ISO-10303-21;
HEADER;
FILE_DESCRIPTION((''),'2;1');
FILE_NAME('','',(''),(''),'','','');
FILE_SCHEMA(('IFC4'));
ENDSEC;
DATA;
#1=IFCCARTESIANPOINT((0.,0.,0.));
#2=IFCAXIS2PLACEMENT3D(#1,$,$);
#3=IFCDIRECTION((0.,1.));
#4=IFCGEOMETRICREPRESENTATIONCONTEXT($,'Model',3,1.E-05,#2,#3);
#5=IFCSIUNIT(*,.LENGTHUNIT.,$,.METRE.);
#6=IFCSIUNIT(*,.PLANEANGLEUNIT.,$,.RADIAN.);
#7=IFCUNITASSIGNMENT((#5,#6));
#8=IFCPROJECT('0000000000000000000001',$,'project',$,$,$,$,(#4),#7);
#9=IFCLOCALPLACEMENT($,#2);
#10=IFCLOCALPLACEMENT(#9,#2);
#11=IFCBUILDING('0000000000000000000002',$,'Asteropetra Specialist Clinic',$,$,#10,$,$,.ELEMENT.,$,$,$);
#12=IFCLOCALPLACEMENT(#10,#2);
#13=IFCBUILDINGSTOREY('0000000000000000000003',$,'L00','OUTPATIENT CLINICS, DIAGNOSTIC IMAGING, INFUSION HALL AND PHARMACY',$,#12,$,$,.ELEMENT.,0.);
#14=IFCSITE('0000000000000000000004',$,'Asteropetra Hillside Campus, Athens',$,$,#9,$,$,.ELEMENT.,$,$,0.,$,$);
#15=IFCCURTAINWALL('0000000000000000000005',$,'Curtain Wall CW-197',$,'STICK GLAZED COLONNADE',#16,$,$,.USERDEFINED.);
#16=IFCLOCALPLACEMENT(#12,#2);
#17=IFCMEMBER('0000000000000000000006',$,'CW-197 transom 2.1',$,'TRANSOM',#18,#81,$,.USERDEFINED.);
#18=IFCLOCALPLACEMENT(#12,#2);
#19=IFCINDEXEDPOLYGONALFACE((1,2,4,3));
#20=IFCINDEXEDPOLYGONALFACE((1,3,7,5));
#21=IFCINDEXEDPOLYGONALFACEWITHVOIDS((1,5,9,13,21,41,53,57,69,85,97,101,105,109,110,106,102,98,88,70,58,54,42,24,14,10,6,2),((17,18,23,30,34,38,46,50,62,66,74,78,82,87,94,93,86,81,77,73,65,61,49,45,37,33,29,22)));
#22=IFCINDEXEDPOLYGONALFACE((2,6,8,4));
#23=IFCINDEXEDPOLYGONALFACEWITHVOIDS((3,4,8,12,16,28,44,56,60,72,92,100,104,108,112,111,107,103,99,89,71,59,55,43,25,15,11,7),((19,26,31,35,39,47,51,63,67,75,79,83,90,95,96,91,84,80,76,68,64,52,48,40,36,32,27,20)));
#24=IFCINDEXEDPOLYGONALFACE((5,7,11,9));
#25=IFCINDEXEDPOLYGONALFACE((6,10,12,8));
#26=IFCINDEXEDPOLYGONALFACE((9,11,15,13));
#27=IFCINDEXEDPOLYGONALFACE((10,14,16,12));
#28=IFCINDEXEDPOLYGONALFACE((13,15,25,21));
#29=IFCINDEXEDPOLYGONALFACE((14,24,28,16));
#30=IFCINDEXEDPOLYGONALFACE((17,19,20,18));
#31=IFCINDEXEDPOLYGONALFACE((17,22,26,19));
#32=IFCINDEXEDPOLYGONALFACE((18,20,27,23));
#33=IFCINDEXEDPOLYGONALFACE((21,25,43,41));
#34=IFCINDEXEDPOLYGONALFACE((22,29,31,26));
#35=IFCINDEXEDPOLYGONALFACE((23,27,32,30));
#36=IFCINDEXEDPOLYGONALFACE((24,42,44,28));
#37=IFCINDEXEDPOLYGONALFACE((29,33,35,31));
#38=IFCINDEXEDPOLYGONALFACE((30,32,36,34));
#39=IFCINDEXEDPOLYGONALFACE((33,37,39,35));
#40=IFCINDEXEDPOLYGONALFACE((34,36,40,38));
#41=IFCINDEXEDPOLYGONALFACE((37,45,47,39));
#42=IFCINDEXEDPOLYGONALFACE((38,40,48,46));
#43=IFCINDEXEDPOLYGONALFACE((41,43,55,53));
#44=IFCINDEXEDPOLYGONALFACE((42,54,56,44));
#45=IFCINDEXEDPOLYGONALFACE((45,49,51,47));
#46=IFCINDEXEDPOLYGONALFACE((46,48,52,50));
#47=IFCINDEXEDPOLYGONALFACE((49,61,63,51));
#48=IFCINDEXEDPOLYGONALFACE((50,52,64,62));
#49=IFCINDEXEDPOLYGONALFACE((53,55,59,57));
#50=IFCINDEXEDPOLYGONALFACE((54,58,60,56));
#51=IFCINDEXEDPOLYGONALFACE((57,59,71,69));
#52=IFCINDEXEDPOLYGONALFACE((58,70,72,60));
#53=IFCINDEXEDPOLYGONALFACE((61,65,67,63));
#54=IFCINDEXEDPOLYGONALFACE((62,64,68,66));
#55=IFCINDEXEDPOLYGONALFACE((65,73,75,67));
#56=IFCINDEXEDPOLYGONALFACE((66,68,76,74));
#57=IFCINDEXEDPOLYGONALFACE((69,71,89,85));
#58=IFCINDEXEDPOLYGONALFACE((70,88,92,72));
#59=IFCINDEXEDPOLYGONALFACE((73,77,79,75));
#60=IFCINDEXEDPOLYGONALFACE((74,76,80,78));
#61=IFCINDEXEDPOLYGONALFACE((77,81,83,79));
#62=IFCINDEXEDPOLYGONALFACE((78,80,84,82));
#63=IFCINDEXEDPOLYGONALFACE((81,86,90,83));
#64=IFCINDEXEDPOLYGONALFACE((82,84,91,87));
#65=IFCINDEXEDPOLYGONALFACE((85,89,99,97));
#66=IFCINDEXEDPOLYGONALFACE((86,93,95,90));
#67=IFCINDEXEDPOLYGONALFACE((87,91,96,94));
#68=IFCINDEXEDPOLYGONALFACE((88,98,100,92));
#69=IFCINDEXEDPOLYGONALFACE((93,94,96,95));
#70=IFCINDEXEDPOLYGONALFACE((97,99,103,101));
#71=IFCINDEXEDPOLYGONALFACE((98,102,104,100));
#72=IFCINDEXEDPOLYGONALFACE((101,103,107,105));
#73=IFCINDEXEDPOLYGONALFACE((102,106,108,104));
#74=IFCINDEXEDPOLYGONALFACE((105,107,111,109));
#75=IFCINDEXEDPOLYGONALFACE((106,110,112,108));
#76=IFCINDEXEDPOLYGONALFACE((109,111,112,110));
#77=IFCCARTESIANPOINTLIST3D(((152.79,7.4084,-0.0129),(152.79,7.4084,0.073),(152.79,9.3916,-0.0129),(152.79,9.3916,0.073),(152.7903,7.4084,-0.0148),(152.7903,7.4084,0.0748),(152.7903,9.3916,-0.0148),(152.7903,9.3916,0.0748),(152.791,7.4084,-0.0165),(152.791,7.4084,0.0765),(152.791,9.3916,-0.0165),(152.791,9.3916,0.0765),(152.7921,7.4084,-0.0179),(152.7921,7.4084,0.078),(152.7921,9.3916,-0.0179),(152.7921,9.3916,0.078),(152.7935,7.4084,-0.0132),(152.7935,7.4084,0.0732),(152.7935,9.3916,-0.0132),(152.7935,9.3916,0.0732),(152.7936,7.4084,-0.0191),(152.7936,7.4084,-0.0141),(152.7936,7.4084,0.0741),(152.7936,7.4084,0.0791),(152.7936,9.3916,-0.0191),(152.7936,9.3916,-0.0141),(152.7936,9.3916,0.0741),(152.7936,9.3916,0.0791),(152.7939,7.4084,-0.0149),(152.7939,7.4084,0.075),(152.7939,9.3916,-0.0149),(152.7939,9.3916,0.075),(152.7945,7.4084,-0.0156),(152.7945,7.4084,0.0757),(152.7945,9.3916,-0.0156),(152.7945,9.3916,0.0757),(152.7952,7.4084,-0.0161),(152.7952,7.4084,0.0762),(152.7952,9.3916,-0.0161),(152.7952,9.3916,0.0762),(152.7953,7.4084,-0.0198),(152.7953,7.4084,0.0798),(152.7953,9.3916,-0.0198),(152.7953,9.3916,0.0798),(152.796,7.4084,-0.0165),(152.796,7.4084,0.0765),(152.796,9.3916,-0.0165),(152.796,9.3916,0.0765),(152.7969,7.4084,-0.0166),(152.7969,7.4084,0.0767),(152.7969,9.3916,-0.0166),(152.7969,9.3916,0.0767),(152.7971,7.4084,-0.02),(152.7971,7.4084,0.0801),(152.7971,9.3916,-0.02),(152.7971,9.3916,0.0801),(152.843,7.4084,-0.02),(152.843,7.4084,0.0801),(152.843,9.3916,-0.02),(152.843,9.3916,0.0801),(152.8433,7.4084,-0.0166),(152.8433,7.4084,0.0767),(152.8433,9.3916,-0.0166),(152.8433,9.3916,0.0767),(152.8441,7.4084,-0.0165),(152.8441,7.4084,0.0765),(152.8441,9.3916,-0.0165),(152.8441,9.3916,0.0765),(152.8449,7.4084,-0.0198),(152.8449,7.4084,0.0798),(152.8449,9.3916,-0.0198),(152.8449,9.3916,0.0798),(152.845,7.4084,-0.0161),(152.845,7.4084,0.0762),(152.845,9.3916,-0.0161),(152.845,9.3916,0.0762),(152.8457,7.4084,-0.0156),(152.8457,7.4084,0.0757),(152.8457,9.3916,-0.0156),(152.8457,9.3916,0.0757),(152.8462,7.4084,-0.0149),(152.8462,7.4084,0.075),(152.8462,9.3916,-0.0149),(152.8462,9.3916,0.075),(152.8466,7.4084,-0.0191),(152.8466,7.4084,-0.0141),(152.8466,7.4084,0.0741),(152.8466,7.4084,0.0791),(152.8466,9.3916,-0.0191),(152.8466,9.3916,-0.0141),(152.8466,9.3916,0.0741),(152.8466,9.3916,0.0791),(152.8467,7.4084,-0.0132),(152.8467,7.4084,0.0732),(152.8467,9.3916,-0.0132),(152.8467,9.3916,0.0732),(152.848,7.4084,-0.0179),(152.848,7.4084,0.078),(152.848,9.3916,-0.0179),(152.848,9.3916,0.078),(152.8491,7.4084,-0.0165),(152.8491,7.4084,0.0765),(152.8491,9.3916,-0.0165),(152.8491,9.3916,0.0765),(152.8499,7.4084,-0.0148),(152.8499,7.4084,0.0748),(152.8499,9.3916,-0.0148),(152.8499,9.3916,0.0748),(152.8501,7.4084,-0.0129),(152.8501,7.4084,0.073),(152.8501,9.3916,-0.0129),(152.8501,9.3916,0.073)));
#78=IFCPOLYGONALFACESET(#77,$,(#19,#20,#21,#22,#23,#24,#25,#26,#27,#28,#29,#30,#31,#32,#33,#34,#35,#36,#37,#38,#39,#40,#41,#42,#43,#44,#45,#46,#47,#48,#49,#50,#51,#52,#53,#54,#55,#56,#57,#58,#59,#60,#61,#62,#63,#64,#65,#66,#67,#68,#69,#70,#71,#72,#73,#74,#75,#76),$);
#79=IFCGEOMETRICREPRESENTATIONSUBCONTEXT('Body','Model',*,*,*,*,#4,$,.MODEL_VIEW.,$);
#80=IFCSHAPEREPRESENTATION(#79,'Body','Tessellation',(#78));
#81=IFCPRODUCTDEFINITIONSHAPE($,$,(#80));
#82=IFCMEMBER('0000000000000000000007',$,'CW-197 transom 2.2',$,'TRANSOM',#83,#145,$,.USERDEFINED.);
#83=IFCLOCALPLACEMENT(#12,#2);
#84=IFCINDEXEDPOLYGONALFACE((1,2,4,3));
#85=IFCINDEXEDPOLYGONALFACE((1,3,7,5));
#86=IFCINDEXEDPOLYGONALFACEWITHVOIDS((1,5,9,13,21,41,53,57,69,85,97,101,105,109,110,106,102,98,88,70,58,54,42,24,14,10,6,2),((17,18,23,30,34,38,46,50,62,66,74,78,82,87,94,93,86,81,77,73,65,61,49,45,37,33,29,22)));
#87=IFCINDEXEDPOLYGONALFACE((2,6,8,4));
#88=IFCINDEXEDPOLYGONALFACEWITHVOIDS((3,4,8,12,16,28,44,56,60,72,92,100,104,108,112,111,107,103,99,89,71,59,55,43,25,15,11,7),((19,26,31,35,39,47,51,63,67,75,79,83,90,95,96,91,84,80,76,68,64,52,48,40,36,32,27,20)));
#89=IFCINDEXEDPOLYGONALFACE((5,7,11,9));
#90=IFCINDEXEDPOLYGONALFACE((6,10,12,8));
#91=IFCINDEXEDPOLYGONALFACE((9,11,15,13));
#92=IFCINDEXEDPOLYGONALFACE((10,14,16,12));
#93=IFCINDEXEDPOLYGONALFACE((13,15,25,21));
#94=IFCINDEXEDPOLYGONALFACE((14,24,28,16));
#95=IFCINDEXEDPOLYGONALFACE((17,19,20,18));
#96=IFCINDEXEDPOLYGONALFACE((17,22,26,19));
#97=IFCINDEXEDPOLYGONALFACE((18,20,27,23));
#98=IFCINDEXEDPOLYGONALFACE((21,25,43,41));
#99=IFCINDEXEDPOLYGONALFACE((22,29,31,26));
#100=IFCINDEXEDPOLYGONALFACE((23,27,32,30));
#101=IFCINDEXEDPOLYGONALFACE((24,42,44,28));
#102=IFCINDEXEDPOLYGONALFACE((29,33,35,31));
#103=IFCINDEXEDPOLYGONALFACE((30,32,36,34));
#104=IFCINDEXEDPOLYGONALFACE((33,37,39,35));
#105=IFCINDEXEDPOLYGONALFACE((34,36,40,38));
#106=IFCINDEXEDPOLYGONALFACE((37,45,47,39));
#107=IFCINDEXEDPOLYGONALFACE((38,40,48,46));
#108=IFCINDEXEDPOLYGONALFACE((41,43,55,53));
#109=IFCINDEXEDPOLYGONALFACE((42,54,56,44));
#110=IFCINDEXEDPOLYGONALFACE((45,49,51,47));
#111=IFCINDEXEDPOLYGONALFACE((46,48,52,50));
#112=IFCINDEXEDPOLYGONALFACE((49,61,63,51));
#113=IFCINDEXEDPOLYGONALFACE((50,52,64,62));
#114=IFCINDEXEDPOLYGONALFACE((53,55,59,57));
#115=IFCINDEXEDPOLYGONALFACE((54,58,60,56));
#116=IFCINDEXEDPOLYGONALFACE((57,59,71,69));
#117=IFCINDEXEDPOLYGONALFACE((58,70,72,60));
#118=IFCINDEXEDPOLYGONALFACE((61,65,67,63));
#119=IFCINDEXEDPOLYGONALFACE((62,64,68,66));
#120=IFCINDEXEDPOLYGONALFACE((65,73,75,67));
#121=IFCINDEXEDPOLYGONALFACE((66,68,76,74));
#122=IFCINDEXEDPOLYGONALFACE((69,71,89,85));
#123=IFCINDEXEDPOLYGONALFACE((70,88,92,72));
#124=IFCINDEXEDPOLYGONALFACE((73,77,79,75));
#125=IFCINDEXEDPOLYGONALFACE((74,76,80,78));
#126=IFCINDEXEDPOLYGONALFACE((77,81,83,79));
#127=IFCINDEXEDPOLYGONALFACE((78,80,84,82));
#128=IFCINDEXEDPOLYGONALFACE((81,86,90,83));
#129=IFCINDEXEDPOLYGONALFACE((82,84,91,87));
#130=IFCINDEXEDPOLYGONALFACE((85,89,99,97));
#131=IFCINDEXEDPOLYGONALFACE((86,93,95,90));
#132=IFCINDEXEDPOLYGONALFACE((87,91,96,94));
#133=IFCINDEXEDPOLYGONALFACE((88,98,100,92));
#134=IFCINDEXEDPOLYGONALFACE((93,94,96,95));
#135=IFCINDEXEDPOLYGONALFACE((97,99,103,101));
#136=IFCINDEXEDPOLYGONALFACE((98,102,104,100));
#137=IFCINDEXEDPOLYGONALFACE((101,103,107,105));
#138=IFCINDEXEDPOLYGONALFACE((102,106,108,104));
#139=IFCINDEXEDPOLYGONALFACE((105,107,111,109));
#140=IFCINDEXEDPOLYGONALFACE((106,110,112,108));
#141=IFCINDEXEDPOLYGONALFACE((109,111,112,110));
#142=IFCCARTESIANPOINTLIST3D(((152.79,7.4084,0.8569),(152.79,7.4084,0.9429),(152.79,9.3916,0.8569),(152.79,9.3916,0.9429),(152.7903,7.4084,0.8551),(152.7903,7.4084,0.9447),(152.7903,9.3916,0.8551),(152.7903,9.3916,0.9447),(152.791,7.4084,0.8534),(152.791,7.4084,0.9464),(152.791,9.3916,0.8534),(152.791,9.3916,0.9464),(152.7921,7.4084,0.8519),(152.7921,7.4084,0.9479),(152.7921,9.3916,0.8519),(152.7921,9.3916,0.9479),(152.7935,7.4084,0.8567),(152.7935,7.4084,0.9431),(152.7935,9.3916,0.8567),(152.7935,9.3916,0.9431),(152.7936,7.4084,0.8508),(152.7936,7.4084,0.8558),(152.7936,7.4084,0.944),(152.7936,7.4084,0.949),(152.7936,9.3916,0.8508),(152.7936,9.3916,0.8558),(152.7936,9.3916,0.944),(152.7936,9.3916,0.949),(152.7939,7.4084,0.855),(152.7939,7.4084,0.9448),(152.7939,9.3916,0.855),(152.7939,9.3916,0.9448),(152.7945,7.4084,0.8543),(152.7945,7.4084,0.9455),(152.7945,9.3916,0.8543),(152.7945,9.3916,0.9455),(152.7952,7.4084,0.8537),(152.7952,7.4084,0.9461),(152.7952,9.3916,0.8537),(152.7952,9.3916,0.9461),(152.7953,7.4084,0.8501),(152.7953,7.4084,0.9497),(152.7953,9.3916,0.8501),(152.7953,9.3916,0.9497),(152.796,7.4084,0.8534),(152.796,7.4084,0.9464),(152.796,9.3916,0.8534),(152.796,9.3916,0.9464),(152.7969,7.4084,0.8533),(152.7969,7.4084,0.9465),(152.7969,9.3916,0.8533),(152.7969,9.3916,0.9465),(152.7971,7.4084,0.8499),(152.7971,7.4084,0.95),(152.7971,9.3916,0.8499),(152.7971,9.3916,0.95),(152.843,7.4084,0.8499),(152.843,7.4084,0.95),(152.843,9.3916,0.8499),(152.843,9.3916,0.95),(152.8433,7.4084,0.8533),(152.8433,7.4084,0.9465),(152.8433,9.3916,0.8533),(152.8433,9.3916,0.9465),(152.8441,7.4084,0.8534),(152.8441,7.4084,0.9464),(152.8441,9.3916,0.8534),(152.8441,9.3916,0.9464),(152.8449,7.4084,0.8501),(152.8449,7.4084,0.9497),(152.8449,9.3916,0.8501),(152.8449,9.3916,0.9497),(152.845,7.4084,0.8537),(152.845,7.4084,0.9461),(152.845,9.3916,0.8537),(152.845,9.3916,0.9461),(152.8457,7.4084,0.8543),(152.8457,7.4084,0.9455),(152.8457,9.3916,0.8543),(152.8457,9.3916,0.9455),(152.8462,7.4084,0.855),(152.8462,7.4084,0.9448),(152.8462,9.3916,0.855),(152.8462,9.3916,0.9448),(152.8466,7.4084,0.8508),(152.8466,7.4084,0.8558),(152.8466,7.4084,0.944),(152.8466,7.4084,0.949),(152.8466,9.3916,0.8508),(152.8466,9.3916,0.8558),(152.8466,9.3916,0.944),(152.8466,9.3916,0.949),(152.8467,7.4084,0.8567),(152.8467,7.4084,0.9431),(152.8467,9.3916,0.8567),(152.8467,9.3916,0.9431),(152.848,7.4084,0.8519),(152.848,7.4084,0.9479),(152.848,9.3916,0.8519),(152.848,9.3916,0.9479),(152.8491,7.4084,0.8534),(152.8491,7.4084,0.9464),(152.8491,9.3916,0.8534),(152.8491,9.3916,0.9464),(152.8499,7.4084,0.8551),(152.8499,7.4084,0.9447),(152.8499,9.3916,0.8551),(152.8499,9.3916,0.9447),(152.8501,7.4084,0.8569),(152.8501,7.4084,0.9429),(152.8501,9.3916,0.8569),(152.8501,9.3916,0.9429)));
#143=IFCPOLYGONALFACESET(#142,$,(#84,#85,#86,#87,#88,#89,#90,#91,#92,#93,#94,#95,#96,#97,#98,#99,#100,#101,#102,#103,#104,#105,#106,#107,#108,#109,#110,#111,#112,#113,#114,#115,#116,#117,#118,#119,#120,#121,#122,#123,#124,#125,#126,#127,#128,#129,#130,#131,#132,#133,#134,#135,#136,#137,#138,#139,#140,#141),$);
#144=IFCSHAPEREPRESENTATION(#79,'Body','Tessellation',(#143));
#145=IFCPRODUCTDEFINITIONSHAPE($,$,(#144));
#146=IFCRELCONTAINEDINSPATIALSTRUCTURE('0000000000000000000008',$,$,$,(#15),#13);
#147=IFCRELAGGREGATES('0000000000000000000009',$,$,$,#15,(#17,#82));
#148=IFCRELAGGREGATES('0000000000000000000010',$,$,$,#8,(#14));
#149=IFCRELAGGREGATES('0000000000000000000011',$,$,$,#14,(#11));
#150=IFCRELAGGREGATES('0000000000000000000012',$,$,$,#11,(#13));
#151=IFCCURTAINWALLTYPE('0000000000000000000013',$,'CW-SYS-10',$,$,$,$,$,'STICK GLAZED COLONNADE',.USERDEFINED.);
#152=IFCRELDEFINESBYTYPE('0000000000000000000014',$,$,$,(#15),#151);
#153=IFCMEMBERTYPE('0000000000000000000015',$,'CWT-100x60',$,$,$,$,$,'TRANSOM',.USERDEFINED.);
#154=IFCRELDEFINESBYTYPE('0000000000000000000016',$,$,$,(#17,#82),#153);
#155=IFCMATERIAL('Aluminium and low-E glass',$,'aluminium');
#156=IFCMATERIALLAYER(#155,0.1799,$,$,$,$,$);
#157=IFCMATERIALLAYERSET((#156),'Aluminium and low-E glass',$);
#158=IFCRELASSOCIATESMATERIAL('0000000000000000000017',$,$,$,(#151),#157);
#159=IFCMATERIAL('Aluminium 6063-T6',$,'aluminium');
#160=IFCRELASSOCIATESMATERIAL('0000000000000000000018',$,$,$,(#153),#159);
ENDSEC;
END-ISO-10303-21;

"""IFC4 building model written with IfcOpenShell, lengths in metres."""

from ifc_helpers import new_model, si_unit, direction, frame, origin, origin_2d, place, context, subcontext, project, spatial, hollow_rectangle, extrude, material, layer, layer_set, material_profile, profile_set, type_object, element, aggregate, save


model = new_model("IFC4")

# Units and contexts
model_context = context("Model", 3, precision=1e-05, world=origin(), true_north=direction((0.0, 1.0)))
body_context = subcontext(model_context, "Body", "Model", "MODEL_VIEW")
ifc_project = project(units=[si_unit("LENGTHUNIT", "METRE"), si_unit("PLANEANGLEUNIT", "RADIAN")], contexts=[model_context])

# Site, building, storey
site_placement = place(None, origin())
site = spatial("IfcSite", under=ifc_project, at=site_placement, Name="Asteropetra Hillside Campus, Athens", CompositionType="ELEMENT", RefElevation=0.0)
building_placement = place(site_placement, origin())
building = spatial("IfcBuilding", under=site, at=building_placement, Name="Asteropetra Specialist Clinic", CompositionType="ELEMENT")
storey_placement = place(building_placement, origin())
storey = spatial("IfcBuildingStorey", under=building, at=storey_placement, Name="L00", Description="OUTPATIENT CLINICS, DIAGNOSTIC IMAGING, INFUSION HALL AND PHARMACY", CompositionType="ELEMENT", Elevation=0.0)

# Curtain wall, members
ifc_material_1 = material(Name="Aluminium and low-E glass", Category="aluminium")
ifc_layer_1 = layer(ifc_material_1, 0.1799)
ifc_layer_set_1 = layer_set([ifc_layer_1], Name="Aluminium and low-E glass")
curtain_wall_type = type_object("IfcCurtainWallType", Name="CW-SYS-10", ElementType="STICK GLAZED COLONNADE", PredefinedType="USERDEFINED", material=ifc_layer_set_1)
curtain_wall_placement = place(storey_placement, origin())
curtain_wall = element("IfcCurtainWall", 1, at=curtain_wall_placement, inside=storey, type_object=curtain_wall_type, Name="Curtain Wall CW-197", ObjectType="STICK GLAZED COLONNADE", PredefinedType="USERDEFINED")
ifc_material_2 = material(Name="Aluminium 6063-T6", Category="aluminium")
ifc_material_profile_1 = material_profile(ifc_material_2, hollow_rectangle(XDim=0.0601, YDim=0.1001, WallThickness=0.0034, InnerFilletRadius=0.0034, OuterFilletRadius=0.0071, at=origin_2d()), Name="TRN 100x60x3.5")
ifc_profile_set_1 = profile_set([ifc_material_profile_1], Name="Aluminium 6063-T6")
member_type_1 = type_object("IfcMemberType", Name="CWT-100x60", ElementType="TRANSOM", PredefinedType="USERDEFINED", material=ifc_profile_set_1)
member_1_placement = place(storey_placement, frame((152.8201, 7.4084, 0.03), z_axis=(0.0, 1.0, 0.0), x_axis=(-1.0, 0.0, 0.0)))
member_1 = element("IfcMember", 2, at=member_1_placement, type_object=member_type_1, Name="CW-197 transom 2.1", ObjectType="TRANSOM", PredefinedType="USERDEFINED", context=body_context, shape_type="SweptSolid", body=[
    extrude(hollow_rectangle(XDim=0.0601, YDim=0.1001, WallThickness=0.0034, InnerFilletRadius=0.0034, OuterFilletRadius=0.0071, at=origin_2d()), origin(), (0.0, 0.0, 1.0), 1.9832),
])
member_2_placement = place(storey_placement, frame((152.8201, 7.4084, 0.8999), z_axis=(0.0, 1.0, 0.0), x_axis=(-1.0, 0.0, 0.0)))
member_2 = element("IfcMember", 3, at=member_2_placement, type_object=member_type_1, Name="CW-197 transom 2.2", ObjectType="TRANSOM", PredefinedType="USERDEFINED", context=body_context, shape_type="SweptSolid", body=[
    extrude(hollow_rectangle(XDim=0.0601, YDim=0.1001, WallThickness=0.0034, InnerFilletRadius=0.0034, OuterFilletRadius=0.0071, at=origin_2d()), origin(), (0.0, 0.0, 1.0), 1.9832),
])
aggregate(curtain_wall, [member_1, member_2])

save(model, "model.ifc")
